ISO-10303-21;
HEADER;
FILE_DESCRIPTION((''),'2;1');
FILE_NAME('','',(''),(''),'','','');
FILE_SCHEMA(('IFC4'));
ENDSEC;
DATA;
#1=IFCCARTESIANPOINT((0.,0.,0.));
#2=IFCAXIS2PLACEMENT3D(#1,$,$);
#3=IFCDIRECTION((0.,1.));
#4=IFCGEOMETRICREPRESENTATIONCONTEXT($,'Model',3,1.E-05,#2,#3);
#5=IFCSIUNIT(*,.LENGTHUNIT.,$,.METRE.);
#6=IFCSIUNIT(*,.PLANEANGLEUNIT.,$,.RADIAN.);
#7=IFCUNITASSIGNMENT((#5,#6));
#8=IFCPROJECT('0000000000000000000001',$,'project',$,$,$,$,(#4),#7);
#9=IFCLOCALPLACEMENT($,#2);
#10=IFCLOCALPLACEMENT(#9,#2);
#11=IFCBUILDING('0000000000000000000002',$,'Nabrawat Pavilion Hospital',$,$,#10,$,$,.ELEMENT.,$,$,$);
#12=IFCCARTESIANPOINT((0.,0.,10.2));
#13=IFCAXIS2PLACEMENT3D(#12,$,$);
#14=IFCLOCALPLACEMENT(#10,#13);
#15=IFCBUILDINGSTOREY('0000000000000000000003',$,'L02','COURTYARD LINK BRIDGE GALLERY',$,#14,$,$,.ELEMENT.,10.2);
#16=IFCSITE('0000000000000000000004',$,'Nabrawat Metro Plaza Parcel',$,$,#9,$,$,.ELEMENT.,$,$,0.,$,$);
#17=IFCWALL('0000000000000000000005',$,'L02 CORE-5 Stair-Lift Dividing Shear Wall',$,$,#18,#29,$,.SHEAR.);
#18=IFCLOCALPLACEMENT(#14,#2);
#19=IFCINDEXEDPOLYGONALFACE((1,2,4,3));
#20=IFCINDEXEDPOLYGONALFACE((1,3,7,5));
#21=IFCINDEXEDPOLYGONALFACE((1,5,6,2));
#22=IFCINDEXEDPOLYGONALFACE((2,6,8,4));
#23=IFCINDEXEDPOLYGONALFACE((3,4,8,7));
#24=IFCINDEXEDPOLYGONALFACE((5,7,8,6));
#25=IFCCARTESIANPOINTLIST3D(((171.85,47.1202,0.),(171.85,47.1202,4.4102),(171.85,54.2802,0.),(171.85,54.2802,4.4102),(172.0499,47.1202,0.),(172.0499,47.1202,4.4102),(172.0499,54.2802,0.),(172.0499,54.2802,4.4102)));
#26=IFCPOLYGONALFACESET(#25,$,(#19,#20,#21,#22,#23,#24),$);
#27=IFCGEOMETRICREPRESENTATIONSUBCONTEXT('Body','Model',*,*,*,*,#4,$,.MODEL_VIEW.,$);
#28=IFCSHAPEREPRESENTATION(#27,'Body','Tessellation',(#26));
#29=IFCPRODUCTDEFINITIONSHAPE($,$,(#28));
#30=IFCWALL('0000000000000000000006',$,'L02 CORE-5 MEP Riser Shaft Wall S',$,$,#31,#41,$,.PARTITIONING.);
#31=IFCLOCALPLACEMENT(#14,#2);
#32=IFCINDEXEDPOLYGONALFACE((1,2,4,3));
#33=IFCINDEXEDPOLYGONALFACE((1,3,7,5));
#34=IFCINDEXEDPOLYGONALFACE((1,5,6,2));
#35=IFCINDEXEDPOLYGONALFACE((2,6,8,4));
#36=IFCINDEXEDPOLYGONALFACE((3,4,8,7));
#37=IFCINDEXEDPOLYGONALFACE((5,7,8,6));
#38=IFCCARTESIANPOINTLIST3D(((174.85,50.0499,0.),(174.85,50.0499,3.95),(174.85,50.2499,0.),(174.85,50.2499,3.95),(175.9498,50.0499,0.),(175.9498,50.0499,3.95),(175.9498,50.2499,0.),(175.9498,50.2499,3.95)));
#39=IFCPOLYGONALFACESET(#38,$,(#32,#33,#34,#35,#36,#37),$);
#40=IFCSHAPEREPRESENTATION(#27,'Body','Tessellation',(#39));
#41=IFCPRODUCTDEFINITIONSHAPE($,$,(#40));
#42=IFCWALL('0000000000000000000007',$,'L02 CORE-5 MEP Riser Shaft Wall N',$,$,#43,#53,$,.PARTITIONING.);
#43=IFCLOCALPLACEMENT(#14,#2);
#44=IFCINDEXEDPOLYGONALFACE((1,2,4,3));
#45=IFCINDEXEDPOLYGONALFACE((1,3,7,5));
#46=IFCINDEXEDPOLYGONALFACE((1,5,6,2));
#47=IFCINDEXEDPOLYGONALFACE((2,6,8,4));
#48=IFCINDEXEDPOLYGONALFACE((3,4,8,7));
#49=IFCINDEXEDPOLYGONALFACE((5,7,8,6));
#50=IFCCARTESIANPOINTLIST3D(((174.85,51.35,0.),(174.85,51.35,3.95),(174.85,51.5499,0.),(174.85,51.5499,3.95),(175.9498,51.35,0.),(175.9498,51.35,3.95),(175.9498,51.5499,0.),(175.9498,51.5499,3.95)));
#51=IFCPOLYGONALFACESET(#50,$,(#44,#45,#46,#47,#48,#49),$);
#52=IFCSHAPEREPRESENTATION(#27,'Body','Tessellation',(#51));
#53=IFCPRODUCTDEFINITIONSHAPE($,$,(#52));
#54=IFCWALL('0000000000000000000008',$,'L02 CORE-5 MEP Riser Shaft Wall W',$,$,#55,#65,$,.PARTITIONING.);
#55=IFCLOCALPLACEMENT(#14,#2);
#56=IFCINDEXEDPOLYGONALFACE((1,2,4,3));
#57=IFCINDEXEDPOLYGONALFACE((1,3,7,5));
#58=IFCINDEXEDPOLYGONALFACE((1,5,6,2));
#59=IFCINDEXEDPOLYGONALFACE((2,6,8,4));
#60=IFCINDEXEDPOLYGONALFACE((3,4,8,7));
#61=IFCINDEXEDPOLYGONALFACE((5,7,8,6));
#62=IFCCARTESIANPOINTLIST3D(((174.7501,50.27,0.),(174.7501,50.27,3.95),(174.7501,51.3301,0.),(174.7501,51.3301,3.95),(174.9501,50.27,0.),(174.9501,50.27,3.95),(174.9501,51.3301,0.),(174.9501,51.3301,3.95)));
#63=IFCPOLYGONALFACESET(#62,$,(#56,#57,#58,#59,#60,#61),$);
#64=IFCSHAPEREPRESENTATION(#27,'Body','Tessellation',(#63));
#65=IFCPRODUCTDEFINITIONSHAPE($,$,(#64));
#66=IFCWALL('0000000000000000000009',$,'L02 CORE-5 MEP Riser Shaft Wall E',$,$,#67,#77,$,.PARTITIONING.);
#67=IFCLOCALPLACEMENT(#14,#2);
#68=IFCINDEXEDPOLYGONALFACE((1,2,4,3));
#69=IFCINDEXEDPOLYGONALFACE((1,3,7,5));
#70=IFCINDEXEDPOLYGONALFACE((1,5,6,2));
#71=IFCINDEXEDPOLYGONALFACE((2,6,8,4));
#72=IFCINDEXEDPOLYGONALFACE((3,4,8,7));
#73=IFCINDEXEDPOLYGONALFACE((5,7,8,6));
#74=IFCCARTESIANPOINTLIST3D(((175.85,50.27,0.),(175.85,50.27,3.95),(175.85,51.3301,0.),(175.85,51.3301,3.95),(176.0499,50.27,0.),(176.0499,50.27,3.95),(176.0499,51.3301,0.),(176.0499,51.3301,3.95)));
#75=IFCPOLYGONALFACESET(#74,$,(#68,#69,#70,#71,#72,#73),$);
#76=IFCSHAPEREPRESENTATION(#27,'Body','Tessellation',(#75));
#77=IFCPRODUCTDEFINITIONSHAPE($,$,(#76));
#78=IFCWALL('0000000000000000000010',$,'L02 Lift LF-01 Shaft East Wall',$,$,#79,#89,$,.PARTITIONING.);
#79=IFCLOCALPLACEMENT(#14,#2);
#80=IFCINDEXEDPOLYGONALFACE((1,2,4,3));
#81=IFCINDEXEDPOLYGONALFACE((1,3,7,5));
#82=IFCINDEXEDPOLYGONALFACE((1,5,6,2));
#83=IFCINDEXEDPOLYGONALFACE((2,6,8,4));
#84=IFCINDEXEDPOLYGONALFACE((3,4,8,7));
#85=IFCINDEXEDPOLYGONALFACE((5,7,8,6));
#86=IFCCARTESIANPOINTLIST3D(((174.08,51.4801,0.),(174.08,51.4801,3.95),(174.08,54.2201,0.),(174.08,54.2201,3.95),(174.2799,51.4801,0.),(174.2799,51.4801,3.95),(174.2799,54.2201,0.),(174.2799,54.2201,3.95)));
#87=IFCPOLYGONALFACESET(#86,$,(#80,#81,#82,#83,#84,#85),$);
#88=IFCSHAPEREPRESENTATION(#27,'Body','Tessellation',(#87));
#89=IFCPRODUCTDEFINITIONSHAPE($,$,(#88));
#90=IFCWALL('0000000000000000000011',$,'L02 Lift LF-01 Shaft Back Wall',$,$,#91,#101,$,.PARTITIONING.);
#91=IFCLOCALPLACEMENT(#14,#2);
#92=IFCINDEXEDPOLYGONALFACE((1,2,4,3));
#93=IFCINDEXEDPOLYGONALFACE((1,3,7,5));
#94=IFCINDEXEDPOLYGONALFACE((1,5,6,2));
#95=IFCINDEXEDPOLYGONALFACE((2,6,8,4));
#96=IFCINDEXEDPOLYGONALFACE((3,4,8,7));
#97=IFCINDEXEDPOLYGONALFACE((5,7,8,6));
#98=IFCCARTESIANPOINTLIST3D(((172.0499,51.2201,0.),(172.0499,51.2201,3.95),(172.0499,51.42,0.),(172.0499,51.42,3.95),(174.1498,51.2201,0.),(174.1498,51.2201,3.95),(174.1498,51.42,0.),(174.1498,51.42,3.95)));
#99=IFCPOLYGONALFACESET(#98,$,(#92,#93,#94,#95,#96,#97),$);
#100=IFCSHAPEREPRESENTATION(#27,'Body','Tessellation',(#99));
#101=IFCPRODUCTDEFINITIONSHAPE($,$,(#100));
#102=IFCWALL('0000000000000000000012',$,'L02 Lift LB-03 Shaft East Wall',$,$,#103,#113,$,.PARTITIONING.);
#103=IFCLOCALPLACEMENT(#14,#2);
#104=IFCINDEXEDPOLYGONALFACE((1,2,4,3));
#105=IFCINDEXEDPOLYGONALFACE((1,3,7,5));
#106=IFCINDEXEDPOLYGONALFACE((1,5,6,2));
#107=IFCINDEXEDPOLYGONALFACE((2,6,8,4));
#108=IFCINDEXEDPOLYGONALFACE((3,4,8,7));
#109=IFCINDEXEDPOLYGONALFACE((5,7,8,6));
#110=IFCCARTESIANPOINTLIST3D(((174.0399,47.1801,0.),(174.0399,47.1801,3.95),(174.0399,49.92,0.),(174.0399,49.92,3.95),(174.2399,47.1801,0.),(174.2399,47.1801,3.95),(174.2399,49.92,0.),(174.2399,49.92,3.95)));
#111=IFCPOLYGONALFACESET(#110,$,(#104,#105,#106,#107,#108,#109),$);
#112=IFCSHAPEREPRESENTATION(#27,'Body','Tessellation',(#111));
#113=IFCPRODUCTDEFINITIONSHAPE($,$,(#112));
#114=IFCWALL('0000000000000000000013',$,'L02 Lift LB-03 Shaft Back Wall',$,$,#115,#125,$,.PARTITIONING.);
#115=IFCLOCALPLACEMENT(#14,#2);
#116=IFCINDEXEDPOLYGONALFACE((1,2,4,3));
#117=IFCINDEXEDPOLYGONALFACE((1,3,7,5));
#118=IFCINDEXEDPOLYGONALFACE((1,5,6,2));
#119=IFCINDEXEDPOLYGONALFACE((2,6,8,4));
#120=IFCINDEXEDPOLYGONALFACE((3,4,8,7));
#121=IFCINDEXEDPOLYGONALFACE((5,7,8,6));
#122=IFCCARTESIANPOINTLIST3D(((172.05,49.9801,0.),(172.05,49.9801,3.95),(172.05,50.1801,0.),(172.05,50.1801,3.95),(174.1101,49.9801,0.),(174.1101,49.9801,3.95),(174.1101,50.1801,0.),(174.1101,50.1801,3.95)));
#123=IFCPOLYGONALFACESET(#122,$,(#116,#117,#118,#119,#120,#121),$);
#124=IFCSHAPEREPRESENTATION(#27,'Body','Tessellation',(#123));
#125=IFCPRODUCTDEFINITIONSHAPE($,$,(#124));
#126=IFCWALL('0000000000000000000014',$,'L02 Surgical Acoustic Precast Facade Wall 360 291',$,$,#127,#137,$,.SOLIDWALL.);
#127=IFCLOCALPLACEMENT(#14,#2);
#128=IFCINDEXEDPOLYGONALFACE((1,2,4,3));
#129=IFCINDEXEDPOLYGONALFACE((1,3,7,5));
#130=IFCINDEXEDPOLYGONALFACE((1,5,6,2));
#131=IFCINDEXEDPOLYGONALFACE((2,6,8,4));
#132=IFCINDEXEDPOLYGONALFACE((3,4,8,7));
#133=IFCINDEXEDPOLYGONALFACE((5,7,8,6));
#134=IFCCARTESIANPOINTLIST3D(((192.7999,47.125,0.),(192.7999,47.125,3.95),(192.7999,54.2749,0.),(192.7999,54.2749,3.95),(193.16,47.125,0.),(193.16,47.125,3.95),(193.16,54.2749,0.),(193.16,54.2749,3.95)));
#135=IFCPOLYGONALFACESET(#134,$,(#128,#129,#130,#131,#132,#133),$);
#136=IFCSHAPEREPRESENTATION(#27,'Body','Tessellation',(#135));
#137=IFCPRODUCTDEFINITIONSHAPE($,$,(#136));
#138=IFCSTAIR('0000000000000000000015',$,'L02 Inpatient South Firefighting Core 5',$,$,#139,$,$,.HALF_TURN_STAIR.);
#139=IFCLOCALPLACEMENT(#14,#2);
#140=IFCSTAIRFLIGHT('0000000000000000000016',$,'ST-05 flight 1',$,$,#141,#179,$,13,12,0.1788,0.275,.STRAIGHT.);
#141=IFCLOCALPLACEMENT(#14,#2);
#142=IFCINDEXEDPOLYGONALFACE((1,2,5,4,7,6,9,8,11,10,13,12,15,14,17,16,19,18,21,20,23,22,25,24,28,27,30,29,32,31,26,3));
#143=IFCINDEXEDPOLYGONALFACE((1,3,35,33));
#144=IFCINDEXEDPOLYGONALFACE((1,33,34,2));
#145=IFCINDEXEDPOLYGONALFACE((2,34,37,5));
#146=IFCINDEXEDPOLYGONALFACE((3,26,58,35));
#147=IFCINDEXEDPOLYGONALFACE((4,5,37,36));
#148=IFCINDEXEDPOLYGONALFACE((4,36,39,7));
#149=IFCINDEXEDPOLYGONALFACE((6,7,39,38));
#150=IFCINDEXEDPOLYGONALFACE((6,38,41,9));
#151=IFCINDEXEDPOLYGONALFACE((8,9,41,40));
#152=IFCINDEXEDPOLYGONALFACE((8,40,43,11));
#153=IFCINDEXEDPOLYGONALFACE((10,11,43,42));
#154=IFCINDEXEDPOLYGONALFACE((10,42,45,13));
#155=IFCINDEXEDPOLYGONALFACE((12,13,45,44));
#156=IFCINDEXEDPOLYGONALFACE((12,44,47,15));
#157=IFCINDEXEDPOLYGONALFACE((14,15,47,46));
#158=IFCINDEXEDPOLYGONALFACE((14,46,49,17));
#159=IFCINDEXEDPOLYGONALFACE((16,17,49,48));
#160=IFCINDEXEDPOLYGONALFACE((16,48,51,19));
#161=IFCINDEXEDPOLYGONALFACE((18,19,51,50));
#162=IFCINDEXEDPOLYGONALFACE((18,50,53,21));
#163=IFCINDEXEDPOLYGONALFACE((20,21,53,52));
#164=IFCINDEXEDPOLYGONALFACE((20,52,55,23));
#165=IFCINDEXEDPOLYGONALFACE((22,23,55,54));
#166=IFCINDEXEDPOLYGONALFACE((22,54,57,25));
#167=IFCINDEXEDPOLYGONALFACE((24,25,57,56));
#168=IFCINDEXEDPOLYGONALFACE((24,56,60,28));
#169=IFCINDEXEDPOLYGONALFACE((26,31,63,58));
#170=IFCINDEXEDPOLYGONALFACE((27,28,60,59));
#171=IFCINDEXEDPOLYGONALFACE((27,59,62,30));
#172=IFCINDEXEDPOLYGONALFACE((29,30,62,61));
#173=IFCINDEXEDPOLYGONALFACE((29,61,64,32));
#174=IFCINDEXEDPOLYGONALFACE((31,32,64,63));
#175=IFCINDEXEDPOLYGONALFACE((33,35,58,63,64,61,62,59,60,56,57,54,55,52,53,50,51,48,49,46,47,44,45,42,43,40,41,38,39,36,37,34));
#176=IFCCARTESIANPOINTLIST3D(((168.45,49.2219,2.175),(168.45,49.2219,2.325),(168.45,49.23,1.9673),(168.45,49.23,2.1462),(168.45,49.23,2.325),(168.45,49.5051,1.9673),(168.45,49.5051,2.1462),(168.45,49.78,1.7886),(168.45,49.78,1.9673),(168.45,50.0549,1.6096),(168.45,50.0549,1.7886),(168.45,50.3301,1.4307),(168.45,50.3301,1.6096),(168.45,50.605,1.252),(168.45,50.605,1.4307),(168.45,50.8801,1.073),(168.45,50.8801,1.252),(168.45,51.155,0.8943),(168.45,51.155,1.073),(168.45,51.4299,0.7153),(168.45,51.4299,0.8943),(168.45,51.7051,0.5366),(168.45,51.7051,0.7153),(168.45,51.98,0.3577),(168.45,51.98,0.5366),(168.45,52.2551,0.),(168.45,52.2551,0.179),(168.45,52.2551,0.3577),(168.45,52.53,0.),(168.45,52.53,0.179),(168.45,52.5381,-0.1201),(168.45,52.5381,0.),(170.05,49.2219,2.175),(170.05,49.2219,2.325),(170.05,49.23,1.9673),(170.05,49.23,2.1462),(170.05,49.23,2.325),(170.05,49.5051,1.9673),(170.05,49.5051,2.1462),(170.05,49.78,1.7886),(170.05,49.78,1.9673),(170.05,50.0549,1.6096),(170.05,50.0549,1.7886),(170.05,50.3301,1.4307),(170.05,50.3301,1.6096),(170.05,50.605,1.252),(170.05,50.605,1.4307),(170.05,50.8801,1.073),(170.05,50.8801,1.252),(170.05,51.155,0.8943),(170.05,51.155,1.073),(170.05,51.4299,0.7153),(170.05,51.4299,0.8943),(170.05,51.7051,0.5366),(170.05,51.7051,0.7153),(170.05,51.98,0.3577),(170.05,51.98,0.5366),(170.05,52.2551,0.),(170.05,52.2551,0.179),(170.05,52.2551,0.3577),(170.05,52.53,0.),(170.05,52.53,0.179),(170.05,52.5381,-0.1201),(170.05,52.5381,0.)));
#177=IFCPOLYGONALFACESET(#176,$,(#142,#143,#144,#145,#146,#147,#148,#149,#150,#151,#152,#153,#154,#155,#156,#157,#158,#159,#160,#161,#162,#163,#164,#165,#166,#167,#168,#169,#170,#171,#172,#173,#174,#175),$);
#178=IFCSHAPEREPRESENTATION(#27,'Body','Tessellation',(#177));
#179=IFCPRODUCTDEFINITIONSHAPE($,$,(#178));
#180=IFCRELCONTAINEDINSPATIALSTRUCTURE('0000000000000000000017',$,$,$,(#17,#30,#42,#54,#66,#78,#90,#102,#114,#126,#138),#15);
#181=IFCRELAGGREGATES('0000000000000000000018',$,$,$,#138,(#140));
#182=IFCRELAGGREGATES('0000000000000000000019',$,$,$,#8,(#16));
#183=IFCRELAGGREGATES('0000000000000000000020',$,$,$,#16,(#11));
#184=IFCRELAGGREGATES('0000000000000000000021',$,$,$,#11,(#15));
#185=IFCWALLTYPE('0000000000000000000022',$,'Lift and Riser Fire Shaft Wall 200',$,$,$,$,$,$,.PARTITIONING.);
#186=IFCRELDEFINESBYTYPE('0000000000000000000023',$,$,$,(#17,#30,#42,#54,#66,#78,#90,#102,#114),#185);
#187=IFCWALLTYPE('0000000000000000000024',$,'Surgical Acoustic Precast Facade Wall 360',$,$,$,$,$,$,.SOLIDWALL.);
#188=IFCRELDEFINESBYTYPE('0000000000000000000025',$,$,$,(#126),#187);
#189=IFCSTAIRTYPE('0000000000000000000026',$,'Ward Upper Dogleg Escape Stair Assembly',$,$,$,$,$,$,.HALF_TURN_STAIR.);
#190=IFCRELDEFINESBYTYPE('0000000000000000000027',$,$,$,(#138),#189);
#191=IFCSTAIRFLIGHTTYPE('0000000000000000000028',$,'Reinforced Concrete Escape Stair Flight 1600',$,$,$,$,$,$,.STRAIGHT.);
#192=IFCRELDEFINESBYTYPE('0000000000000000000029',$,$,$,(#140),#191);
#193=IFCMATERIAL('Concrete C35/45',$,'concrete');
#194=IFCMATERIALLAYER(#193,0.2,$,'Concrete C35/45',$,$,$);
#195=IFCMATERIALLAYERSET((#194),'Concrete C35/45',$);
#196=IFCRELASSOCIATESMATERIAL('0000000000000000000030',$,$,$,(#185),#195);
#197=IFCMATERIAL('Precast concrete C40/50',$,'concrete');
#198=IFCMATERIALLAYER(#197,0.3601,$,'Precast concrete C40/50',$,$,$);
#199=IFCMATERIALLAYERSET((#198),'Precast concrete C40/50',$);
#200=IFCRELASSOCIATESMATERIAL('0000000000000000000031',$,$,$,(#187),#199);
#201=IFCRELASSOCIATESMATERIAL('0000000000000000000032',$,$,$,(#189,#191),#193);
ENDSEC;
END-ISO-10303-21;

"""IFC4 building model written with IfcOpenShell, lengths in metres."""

from ifc_helpers import new_model, si_unit, direction, frame, frame_2d, origin, place, context, subcontext, project, spatial, polyline, rectangle, outline, extrude, material, layer, layer_set, type_object, element, aggregate, save


model = new_model("IFC4")

# Units and contexts
model_context = context("Model", 3, precision=1e-05, world=origin(), true_north=direction((0.0, 1.0)))
body_context = subcontext(model_context, "Body", "Model", "MODEL_VIEW")
ifc_project = project(units=[si_unit("LENGTHUNIT", "METRE"), si_unit("PLANEANGLEUNIT", "RADIAN")], contexts=[model_context])

# Site, building, storey
site_placement = place(None, origin())
site = spatial("IfcSite", under=ifc_project, at=site_placement, Name="Nabrawat Metro Plaza Parcel", CompositionType="ELEMENT", RefElevation=0.0)
building_placement = place(site_placement, origin())
building = spatial("IfcBuilding", under=site, at=building_placement, Name="Nabrawat Pavilion Hospital", CompositionType="ELEMENT")
storey_placement = place(building_placement, frame((0.0, 0.0, 10.2)))
storey = spatial("IfcBuildingStorey", under=building, at=storey_placement, Name="L02", Description="COURTYARD LINK BRIDGE GALLERY", CompositionType="ELEMENT", Elevation=10.2)

# Shared definitions
ifc_material_1 = material(Name="Concrete C35/45", Category="concrete")

# Walls
ifc_layer_1 = layer(ifc_material_1, 0.2, Name="Concrete C35/45")
ifc_layer_set_1 = layer_set([ifc_layer_1], Name="Concrete C35/45")
wall_type_1 = type_object("IfcWallType", Name="Lift and Riser Fire Shaft Wall 200", PredefinedType="PARTITIONING", material=ifc_layer_set_1)
wall_1_placement = place(storey_placement, frame((171.95, 47.1201, 0.0), z_axis=(0.0, 0.0, 1.0), x_axis=(0.0, 1.0, 0.0)))
element("IfcWall", 1, at=wall_1_placement, inside=storey, type_object=wall_type_1, Name="L02 CORE-5 Stair-Lift Dividing Shear Wall", PredefinedType="SHEAR", context=body_context, shape_type="SweptSolid", body=[
    extrude(rectangle(XDim=7.1599, YDim=0.2, at=frame_2d((3.5801, 0.0))), origin(), (0.0, 0.0, 1.0), 4.4102),
])
for number, where, z_axis, x_axis, name in (
    (2, (174.8501, 50.1499, 0.0), (0.0, 0.0, 1.0), (1.0, 0.0, 0.0), "L02 CORE-5 MEP Riser Shaft Wall S"),
    (3, (174.8501, 51.45, 0.0), (0.0, 0.0, 1.0), (1.0, 0.0, 0.0), "L02 CORE-5 MEP Riser Shaft Wall N"),
):
    element("IfcWall", number, at=place(storey_placement, frame(where, z_axis=z_axis, x_axis=x_axis)), inside=storey, type_object=wall_type_1, Name=name, PredefinedType="PARTITIONING", context=body_context, shape_type="SweptSolid", body=[
        extrude(rectangle(XDim=1.0999, YDim=0.2, at=frame_2d((0.5498, 0.0))), origin(), (0.0, 0.0, 1.0), 3.95),
    ])
for number, where, z_axis, x_axis, name in (
    (4, (174.8501, 50.27, 0.0), (0.0, 0.0, 1.0), (0.0, 1.0, 0.0), "L02 CORE-5 MEP Riser Shaft Wall W"),
    (5, (175.95, 50.27, 0.0), (0.0, 0.0, 1.0), (0.0, 1.0, 0.0), "L02 CORE-5 MEP Riser Shaft Wall E"),
):
    element("IfcWall", number, at=place(storey_placement, frame(where, z_axis=z_axis, x_axis=x_axis)), inside=storey, type_object=wall_type_1, Name=name, PredefinedType="PARTITIONING", context=body_context, shape_type="SweptSolid", body=[
        extrude(rectangle(XDim=1.0601, YDim=0.2, at=frame_2d((0.53, 0.0))), origin(), (0.0, 0.0, 1.0), 3.95),
    ])
wall_2_placement = place(storey_placement, frame((174.1799, 51.48, 0.0), z_axis=(0.0, 0.0, 1.0), x_axis=(0.0, 1.0, 0.0)))
element("IfcWall", 6, at=wall_2_placement, inside=storey, type_object=wall_type_1, Name="L02 Lift LF-01 Shaft East Wall", PredefinedType="PARTITIONING", context=body_context, shape_type="SweptSolid", body=[
    extrude(rectangle(XDim=2.74, YDim=0.2, at=frame_2d((1.3701, 0.0))), origin(), (0.0, 0.0, 1.0), 3.95),
])
wall_3_placement = place(storey_placement, frame((172.05, 51.3201, 0.0), z_axis=(0.0, 0.0, 1.0), x_axis=(1.0, 0.0, 0.0)))
element("IfcWall", 7, at=wall_3_placement, inside=storey, type_object=wall_type_1, Name="L02 Lift LF-01 Shaft Back Wall", PredefinedType="PARTITIONING", context=body_context, shape_type="SweptSolid", body=[
    extrude(rectangle(XDim=2.0999, YDim=0.2, at=frame_2d((1.0498, 0.0))), origin(), (0.0, 0.0, 1.0), 3.95),
])
wall_4_placement = place(storey_placement, frame((174.1399, 47.1799, 0.0), z_axis=(0.0, 0.0, 1.0), x_axis=(0.0, 1.0, 0.0)))
element("IfcWall", 8, at=wall_4_placement, inside=storey, type_object=wall_type_1, Name="L02 Lift LB-03 Shaft East Wall", PredefinedType="PARTITIONING", context=body_context, shape_type="SweptSolid", body=[
    extrude(rectangle(XDim=2.74, YDim=0.2, at=frame_2d((1.3701, 0.0))), origin(), (0.0, 0.0, 1.0), 3.95),
])
wall_5_placement = place(storey_placement, frame((172.05, 50.0801, 0.0), z_axis=(0.0, 0.0, 1.0), x_axis=(1.0, 0.0, 0.0)))
element("IfcWall", 9, at=wall_5_placement, inside=storey, type_object=wall_type_1, Name="L02 Lift LB-03 Shaft Back Wall", PredefinedType="PARTITIONING", context=body_context, shape_type="SweptSolid", body=[
    extrude(rectangle(XDim=2.0601, YDim=0.2, at=frame_2d((1.03, 0.0))), origin(), (0.0, 0.0, 1.0), 3.95),
])
ifc_material_2 = material(Name="Precast concrete C40/50", Category="concrete")
ifc_layer_2 = layer(ifc_material_2, 0.3601, Name="Precast concrete C40/50")
ifc_layer_set_2 = layer_set([ifc_layer_2], Name="Precast concrete C40/50")
wall_type_2 = type_object("IfcWallType", Name="Surgical Acoustic Precast Facade Wall 360", PredefinedType="SOLIDWALL", material=ifc_layer_set_2)
wall_6_placement = place(storey_placement, frame((192.98, 47.125, 0.0), z_axis=(0.0, 0.0, 1.0), x_axis=(0.0, 1.0, 0.0)))
element("IfcWall", 10, at=wall_6_placement, inside=storey, type_object=wall_type_2, Name="L02 Surgical Acoustic Precast Facade Wall 360 291", PredefinedType="SOLIDWALL", context=body_context, shape_type="SweptSolid", body=[
    extrude(rectangle(XDim=7.1499, YDim=0.3601, at=frame_2d((3.575, 0.0))), origin(), (0.0, 0.0, 1.0), 3.95),
])

# Stair, stair flight
stair_type = type_object("IfcStairType", Name="Ward Upper Dogleg Escape Stair Assembly", PredefinedType="HALF_TURN_STAIR", material=ifc_material_1)
stair_placement = place(storey_placement, origin())
stair = element("IfcStair", 11, at=stair_placement, inside=storey, type_object=stair_type, Name="L02 Inpatient South Firefighting Core 5", PredefinedType="HALF_TURN_STAIR")
stair_flight_type = type_object("IfcStairFlightType", Name="Reinforced Concrete Escape Stair Flight 1600", PredefinedType="STRAIGHT", material=ifc_material_1)
stair_flight_1_placement = place(storey_placement, frame((169.25, 52.53, 0.0), z_axis=(0.0, 0.0, 1.0), x_axis=(0.0, -1.0, 0.0)))
stair_flight_1 = element("IfcStairFlight", 12, at=stair_flight_1_placement, type_object=stair_flight_type, Name="ST-05 flight 1", NumberOfRisers=13, NumberOfTreads=12, PredefinedType="STRAIGHT", RiserHeight=0.1788, TreadLength=0.275, context=body_context, shape_type="SweptSolid", body=[
    extrude(outline(polyline([(-0.0081, 0.0), (0.0, 0.0), (0.0, 0.179), (0.2749, 0.179), (0.2749, 0.3577), (0.55, 0.3577), (0.55, 0.5366), (0.825, 0.5366), (0.825, 0.7153), (1.1001, 0.7153), (1.1001, 0.8943), (1.375, 0.8943), (1.375, 1.073), (1.6499, 1.073), (1.6499, 1.252), (1.925, 1.252), (1.925, 1.4307), (2.2, 1.4307), (2.2, 1.6096), (2.4751, 1.6096), (2.4751, 1.7886), (2.75, 1.7886), (2.75, 1.9673), (3.0249, 1.9673), (3.0249, 2.1462), (3.3, 2.1462), (3.3, 2.325), (3.3081, 2.325), (3.3081, 2.175), (3.3, 1.9673), (0.2749, 0.0), (-0.0081, -0.1201), (-0.0081, 0.0)])), frame((0.0, 0.8, 0.0), z_axis=(0.0, -1.0, 0.0), x_axis=(1.0, 0.0, 0.0)), (0.0, 0.0, 1.0), 1.6001),
])
aggregate(stair, [stair_flight_1])

save(model, "model.ifc")
